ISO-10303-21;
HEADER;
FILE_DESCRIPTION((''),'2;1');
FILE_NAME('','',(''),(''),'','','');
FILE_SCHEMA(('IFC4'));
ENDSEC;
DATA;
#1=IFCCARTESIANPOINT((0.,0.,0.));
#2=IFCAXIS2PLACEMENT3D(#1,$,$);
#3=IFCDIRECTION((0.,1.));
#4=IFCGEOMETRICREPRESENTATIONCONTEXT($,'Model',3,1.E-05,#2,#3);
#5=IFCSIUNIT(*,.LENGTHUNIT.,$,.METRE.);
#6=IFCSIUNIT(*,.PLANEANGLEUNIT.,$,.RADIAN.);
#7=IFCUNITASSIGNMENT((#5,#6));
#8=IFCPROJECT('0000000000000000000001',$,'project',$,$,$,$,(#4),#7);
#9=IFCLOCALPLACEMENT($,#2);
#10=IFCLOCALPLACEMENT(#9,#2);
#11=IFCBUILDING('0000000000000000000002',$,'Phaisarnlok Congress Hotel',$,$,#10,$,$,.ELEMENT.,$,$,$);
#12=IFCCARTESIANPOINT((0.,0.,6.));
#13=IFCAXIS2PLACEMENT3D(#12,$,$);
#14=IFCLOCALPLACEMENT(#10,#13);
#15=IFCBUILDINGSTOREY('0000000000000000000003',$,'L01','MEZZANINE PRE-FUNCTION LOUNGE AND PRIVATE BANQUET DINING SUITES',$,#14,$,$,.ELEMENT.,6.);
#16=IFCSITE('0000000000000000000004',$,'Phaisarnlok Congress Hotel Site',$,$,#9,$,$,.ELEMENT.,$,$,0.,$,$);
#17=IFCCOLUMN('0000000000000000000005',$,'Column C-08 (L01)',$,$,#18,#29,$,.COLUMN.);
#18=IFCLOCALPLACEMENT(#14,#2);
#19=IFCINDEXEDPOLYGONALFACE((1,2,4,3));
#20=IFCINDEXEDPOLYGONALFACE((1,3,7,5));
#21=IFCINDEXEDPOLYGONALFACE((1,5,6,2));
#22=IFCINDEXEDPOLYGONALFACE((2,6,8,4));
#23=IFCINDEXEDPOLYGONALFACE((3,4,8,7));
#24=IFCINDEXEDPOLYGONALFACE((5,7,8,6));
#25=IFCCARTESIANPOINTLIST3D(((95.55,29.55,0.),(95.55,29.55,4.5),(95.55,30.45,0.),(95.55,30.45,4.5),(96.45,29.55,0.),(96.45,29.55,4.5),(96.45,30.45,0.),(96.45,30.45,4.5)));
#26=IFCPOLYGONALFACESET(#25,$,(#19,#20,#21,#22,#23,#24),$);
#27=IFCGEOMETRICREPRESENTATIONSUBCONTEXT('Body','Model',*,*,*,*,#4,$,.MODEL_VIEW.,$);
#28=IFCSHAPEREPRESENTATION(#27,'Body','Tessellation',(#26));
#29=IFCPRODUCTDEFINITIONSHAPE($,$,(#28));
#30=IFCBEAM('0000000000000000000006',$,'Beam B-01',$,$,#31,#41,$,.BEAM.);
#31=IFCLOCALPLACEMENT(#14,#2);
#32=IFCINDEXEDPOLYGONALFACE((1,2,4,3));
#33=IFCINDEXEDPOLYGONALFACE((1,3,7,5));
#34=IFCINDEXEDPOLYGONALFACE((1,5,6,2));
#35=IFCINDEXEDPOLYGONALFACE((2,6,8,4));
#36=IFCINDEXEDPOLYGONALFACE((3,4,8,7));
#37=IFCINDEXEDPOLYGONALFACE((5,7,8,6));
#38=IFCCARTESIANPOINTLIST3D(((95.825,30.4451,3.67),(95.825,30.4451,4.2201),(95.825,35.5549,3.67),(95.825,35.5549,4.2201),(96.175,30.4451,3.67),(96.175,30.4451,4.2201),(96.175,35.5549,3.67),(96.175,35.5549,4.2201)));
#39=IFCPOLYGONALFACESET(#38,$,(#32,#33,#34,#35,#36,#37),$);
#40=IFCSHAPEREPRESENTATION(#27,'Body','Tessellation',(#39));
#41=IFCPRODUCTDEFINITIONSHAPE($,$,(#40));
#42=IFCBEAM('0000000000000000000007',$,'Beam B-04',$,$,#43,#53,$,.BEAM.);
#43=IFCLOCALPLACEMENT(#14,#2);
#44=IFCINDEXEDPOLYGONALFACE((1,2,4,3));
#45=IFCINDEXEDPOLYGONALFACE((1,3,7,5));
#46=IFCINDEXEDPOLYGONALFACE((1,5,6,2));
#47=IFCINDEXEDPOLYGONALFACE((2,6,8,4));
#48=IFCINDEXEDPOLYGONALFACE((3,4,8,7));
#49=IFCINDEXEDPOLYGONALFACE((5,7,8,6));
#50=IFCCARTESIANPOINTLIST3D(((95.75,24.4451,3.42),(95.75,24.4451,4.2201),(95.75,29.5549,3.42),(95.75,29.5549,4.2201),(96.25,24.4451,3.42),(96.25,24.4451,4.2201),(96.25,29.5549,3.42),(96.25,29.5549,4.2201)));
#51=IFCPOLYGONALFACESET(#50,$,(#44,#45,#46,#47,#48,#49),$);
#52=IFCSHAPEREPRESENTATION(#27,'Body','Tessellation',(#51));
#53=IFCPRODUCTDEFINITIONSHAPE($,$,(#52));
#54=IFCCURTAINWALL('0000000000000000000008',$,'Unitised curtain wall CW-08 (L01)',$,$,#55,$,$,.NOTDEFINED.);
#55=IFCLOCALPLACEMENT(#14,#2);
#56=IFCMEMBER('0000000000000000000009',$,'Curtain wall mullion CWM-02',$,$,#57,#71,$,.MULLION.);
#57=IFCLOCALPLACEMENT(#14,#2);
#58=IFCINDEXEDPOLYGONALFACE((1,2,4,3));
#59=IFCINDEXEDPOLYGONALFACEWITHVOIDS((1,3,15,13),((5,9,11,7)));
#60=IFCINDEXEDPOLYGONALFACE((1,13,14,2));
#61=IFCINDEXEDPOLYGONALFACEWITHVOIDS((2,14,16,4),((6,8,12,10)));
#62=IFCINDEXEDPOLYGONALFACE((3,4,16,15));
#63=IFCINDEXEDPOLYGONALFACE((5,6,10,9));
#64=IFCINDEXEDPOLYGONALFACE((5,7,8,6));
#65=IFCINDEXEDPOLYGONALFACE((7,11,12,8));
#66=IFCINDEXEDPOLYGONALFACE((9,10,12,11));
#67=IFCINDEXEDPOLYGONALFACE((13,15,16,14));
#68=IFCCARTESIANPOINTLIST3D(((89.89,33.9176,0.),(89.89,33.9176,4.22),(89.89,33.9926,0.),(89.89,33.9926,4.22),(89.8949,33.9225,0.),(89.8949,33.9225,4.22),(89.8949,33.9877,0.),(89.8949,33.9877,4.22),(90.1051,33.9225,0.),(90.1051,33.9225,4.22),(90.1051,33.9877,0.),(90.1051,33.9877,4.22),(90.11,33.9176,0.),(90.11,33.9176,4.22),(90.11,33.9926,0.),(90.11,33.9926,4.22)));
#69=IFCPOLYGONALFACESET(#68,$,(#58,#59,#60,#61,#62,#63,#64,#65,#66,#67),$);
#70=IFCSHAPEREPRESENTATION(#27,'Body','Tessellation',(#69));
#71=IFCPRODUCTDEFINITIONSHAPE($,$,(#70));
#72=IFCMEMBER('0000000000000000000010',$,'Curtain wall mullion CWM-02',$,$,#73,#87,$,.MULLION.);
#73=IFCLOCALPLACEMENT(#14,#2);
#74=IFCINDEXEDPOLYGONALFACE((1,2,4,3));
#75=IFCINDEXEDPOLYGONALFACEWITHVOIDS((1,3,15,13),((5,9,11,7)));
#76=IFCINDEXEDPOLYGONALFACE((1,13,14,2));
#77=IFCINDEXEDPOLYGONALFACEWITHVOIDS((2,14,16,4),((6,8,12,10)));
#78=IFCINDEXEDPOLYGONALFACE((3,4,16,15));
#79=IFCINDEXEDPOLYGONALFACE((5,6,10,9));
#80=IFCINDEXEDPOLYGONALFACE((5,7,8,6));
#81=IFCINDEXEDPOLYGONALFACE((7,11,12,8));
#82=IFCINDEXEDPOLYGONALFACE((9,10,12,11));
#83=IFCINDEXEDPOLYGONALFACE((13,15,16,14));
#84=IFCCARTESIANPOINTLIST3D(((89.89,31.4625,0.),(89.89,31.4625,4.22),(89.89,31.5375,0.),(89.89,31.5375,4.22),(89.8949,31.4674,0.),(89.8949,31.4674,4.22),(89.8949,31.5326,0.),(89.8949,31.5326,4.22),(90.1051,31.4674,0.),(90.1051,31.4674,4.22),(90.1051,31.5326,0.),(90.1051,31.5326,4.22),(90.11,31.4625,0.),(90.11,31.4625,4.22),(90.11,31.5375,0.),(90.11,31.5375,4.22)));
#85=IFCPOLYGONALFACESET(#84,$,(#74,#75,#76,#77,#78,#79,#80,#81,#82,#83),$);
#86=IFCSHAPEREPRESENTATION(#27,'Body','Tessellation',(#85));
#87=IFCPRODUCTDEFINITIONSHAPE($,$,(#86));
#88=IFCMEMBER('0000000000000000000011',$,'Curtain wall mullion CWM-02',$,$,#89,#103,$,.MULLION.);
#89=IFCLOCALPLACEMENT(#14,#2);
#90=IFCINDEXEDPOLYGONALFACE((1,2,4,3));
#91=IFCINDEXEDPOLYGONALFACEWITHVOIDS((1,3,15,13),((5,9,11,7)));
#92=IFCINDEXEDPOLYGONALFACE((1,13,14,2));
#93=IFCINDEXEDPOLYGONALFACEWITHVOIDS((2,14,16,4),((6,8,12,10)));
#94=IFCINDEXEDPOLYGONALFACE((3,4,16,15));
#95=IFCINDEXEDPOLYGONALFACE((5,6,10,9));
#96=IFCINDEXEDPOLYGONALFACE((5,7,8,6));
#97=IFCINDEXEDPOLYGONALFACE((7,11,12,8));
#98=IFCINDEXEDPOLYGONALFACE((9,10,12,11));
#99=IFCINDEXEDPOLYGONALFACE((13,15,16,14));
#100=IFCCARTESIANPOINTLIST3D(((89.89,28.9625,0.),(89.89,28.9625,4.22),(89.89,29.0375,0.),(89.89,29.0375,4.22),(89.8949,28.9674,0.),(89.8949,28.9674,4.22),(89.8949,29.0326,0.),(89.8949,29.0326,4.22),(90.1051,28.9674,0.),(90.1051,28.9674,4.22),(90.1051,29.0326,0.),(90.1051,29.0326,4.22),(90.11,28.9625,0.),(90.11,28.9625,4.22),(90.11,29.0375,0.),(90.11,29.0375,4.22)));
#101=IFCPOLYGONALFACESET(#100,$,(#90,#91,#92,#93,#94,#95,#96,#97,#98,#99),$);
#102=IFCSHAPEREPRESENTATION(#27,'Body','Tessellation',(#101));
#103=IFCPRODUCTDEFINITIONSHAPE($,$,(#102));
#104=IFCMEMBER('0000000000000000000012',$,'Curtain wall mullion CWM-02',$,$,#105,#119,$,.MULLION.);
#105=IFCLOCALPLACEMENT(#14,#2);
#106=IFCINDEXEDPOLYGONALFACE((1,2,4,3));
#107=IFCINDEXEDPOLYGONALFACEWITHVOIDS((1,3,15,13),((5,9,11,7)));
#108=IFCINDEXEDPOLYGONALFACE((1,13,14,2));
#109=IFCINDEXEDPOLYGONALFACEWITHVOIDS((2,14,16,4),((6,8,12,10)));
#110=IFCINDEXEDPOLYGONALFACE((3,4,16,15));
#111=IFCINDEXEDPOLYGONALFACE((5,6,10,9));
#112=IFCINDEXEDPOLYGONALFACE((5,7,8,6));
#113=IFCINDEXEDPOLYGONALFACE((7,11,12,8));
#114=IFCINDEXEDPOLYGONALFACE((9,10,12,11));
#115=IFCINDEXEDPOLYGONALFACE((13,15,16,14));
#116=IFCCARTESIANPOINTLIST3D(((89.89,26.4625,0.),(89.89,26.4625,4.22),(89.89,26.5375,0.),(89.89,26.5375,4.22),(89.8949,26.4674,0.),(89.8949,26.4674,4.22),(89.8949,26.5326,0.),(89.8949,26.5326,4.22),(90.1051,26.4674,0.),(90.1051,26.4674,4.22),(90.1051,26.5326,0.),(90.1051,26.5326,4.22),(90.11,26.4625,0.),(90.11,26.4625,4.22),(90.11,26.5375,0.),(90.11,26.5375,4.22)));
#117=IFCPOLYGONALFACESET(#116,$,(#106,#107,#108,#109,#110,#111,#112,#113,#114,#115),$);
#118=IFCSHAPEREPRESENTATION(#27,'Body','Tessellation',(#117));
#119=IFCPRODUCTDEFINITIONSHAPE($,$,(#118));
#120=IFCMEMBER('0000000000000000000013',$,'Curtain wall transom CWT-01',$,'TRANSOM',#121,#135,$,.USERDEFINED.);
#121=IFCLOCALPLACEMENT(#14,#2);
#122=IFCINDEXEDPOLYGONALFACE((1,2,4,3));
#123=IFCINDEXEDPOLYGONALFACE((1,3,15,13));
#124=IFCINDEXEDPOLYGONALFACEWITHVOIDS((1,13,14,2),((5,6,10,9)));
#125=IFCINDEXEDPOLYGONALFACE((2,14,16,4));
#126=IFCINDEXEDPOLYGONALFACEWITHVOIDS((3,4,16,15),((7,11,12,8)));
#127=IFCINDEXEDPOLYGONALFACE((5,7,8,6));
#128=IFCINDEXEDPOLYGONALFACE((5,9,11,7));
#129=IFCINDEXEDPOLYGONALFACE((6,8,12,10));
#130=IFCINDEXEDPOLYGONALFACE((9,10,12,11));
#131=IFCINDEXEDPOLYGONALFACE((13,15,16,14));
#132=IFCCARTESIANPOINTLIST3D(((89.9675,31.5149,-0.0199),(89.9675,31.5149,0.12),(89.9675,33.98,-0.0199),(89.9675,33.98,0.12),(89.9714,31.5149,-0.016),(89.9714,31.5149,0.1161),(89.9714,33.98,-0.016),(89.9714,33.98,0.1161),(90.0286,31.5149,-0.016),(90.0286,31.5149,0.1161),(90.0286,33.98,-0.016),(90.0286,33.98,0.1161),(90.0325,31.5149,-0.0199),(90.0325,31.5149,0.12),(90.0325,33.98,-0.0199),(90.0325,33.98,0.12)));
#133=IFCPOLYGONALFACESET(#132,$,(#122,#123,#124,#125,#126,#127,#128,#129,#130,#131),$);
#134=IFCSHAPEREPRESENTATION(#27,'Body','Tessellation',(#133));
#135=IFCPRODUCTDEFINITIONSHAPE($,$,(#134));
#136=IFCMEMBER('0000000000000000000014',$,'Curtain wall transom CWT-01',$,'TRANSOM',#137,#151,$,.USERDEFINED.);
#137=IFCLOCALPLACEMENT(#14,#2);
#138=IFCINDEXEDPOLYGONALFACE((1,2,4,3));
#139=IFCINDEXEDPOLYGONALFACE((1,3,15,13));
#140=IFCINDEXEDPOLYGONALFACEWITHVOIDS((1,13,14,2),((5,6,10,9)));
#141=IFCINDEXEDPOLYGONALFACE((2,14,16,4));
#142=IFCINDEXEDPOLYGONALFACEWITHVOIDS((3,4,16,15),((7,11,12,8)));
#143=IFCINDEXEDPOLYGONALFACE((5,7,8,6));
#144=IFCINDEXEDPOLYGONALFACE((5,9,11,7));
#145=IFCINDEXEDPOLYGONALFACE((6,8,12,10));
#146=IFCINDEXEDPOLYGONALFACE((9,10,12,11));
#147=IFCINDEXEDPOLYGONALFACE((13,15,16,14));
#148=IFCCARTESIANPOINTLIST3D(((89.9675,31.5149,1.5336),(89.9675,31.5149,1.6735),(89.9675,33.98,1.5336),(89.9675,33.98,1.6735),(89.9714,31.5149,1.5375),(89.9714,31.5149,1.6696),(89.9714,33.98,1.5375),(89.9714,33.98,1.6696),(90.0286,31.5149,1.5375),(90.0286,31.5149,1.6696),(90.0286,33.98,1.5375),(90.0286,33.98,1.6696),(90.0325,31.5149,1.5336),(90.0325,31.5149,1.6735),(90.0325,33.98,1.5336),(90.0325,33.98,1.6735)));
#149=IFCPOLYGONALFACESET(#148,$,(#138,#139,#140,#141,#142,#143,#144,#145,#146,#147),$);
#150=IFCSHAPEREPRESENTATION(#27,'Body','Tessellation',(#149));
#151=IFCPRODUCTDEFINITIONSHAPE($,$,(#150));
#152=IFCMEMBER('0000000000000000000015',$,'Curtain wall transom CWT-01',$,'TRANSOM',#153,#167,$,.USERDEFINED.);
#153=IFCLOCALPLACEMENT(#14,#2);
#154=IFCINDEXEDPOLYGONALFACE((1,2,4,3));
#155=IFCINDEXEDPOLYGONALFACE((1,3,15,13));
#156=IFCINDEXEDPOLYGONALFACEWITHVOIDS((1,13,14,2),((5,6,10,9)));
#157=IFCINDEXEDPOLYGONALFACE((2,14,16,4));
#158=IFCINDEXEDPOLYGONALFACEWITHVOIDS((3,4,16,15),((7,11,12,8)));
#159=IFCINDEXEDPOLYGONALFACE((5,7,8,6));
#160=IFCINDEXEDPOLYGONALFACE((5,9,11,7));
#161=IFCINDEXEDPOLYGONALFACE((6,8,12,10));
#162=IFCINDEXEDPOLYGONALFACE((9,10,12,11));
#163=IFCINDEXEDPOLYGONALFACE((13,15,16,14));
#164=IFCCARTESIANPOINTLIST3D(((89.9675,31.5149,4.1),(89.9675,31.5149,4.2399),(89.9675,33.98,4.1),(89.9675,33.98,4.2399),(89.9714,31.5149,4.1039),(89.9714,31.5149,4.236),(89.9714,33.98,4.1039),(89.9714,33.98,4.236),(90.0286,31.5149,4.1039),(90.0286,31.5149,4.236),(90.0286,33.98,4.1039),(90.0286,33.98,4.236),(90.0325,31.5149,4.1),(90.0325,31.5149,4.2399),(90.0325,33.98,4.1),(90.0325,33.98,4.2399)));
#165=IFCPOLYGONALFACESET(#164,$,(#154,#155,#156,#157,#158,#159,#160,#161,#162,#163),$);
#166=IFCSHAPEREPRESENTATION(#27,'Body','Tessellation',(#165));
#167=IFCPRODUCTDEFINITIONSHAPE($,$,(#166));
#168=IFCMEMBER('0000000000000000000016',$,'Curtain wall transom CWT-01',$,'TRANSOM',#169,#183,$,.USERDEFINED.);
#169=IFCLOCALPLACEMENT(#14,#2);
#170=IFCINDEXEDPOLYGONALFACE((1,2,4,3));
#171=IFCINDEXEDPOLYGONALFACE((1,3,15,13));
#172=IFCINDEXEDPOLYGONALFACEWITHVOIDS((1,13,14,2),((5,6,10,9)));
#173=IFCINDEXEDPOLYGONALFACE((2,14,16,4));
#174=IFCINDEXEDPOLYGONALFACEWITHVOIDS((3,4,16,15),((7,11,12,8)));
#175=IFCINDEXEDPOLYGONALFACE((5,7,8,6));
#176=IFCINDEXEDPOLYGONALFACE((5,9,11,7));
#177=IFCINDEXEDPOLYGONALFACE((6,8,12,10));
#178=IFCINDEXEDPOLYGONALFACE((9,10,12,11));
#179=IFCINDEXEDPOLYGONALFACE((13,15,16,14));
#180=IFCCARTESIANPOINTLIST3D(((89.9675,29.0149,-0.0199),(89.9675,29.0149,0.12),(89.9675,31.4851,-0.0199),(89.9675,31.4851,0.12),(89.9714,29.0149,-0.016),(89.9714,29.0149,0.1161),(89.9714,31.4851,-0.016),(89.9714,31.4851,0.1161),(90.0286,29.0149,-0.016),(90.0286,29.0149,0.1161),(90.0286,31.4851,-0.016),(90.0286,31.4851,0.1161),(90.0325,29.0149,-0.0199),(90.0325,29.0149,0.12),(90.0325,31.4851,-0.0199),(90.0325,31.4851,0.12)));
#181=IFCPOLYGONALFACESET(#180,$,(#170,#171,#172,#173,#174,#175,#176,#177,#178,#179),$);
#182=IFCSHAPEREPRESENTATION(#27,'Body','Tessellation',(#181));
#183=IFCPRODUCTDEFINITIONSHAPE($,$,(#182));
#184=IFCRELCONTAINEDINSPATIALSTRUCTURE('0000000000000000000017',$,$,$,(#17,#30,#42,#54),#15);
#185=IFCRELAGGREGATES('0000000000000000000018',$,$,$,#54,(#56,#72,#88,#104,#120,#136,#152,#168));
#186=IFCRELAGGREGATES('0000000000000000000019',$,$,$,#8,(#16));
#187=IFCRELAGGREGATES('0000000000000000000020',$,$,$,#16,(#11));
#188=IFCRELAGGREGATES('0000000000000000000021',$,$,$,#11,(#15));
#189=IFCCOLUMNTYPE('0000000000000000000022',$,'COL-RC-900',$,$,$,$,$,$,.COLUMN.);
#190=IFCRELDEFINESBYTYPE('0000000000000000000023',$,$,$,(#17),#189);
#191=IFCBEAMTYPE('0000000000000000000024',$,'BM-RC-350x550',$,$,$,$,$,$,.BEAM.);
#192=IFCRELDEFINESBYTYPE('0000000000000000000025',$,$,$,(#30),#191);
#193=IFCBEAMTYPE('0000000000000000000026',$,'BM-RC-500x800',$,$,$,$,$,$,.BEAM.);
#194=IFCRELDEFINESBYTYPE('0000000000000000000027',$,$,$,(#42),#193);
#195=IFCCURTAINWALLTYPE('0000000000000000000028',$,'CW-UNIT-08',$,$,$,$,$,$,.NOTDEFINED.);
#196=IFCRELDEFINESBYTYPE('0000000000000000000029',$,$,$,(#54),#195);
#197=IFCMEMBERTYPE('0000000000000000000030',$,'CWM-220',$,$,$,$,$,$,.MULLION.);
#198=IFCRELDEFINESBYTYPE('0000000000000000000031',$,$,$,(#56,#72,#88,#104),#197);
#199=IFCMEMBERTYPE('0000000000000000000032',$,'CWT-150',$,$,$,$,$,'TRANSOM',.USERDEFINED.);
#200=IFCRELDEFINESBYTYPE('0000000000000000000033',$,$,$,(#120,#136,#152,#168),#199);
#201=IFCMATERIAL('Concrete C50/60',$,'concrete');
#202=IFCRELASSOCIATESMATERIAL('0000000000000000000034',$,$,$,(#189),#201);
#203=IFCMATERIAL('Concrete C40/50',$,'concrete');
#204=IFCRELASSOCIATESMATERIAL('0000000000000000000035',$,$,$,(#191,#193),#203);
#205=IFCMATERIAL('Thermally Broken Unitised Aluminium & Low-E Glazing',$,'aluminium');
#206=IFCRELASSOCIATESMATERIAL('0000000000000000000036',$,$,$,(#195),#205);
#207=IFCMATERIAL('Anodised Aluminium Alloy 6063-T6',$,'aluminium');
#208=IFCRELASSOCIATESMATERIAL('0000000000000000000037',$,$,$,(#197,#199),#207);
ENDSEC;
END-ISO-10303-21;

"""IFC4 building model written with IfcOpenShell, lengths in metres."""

from ifc_helpers import new_model, si_unit, direction, frame, origin, origin_2d, place, context, subcontext, project, spatial, rectangle, hollow_rectangle, extrude, material, material_profile, profile_set, type_object, element, aggregate, save


model = new_model("IFC4")

# Units and contexts
model_context = context("Model", 3, precision=1e-05, world=origin(), true_north=direction((0.0, 1.0)))
body_context = subcontext(model_context, "Body", "Model", "MODEL_VIEW")
ifc_project = project(units=[si_unit("LENGTHUNIT", "METRE"), si_unit("PLANEANGLEUNIT", "RADIAN")], contexts=[model_context])

# Site, building, storey
site_placement = place(None, origin())
site = spatial("IfcSite", under=ifc_project, at=site_placement, Name="Phaisarnlok Congress Hotel Site", CompositionType="ELEMENT", RefElevation=0.0)
building_placement = place(site_placement, origin())
building = spatial("IfcBuilding", under=site, at=building_placement, Name="Phaisarnlok Congress Hotel", CompositionType="ELEMENT")
storey_placement = place(building_placement, frame((0.0, 0.0, 6.0)))
storey = spatial("IfcBuildingStorey", under=building, at=storey_placement, Name="L01", Description="MEZZANINE PRE-FUNCTION LOUNGE AND PRIVATE BANQUET DINING SUITES", CompositionType="ELEMENT", Elevation=6.0)

# Column
ifc_material_1 = material(Name="Concrete C50/60", Category="concrete")
ifc_material_profile_1 = material_profile(ifc_material_1, rectangle(XDim=0.8999, YDim=0.8999, at=origin_2d()), Name="RC 900x900")
ifc_profile_set_1 = profile_set([ifc_material_profile_1], Name="Concrete C50/60")
column_type = type_object("IfcColumnType", Name="COL-RC-900", PredefinedType="COLUMN", material=ifc_profile_set_1)
column_placement = place(storey_placement, frame((96.0, 30.0, 0.0), z_axis=(0.0, 0.0, 1.0), x_axis=(1.0, 0.0, 0.0)))
element("IfcColumn", 1, at=column_placement, inside=storey, type_object=column_type, Name="Column C-08 (L01)", PredefinedType="COLUMN", context=body_context, shape_type="SweptSolid", body=[
    extrude(rectangle(XDim=0.8999, YDim=0.8999, at=origin_2d()), origin(), (0.0, 0.0, 1.0), 4.5),
])

# Beams
ifc_material_2 = material(Name="Concrete C40/50", Category="concrete")
ifc_material_profile_2 = material_profile(ifc_material_2, rectangle(XDim=0.3501, YDim=0.55, at=origin_2d()), Name="RC 350x550")
ifc_profile_set_2 = profile_set([ifc_material_profile_2], Name="Concrete C40/50")
beam_type_1 = type_object("IfcBeamType", Name="BM-RC-350x550", PredefinedType="BEAM", material=ifc_profile_set_2)
beam_1_placement = place(storey_placement, frame((96.0, 30.4451, 3.9451), z_axis=(0.0, 1.0, 0.0), x_axis=(-1.0, 0.0, 0.0)))
element("IfcBeam", 2, at=beam_1_placement, inside=storey, type_object=beam_type_1, Name="Beam B-01", PredefinedType="BEAM", context=body_context, shape_type="SweptSolid", body=[
    extrude(rectangle(XDim=0.3501, YDim=0.55, at=origin_2d()), origin(), (0.0, 0.0, 1.0), 5.1099),
])
ifc_material_profile_3 = material_profile(ifc_material_2, rectangle(XDim=0.5, YDim=0.8, at=origin_2d()), Name="RC 500x800")
ifc_profile_set_3 = profile_set([ifc_material_profile_3], Name="Concrete C40/50")
beam_type_2 = type_object("IfcBeamType", Name="BM-RC-500x800", PredefinedType="BEAM", material=ifc_profile_set_3)
beam_2_placement = place(storey_placement, frame((96.0, 24.4451, 3.8201), z_axis=(0.0, 1.0, 0.0), x_axis=(-1.0, 0.0, 0.0)))
element("IfcBeam", 3, at=beam_2_placement, inside=storey, type_object=beam_type_2, Name="Beam B-04", PredefinedType="BEAM", context=body_context, shape_type="SweptSolid", body=[
    extrude(rectangle(XDim=0.5, YDim=0.8, at=origin_2d()), origin(), (0.0, 0.0, 1.0), 5.1099),
])

# Curtain wall, members
ifc_material_3 = material(Name="Thermally Broken Unitised Aluminium & Low-E Glazing", Category="aluminium")
curtain_wall_type = type_object("IfcCurtainWallType", Name="CW-UNIT-08", PredefinedType="NOTDEFINED", material=ifc_material_3)
curtain_wall_placement = place(storey_placement, origin())
curtain_wall = element("IfcCurtainWall", 4, at=curtain_wall_placement, inside=storey, type_object=curtain_wall_type, Name="Unitised curtain wall CW-08 (L01)", PredefinedType="NOTDEFINED")
ifc_material_4 = material(Name="Anodised Aluminium Alloy 6063-T6", Category="aluminium")
ifc_material_profile_4 = material_profile(ifc_material_4, hollow_rectangle(XDim=0.075, YDim=0.22, WallThickness=0.0049, at=origin_2d()), Name="ALU-M 75x220x5")
ifc_profile_set_4 = profile_set([ifc_material_profile_4], Name="Anodised Aluminium Alloy 6063-T6")
member_type_1 = type_object("IfcMemberType", Name="CWM-220", PredefinedType="MULLION", material=ifc_profile_set_4)
member_1_placement = place(storey_placement, frame((90.0, 33.9551, 0.0), z_axis=(0.0, 0.0, 1.0), x_axis=(0.0, -1.0, 0.0)))
member_1 = element("IfcMember", 5, at=member_1_placement, type_object=member_type_1, Name="Curtain wall mullion CWM-02", PredefinedType="MULLION", context=body_context, shape_type="SweptSolid", body=[
    extrude(hollow_rectangle(XDim=0.075, YDim=0.22, WallThickness=0.0049, at=origin_2d()), origin(), (0.0, 0.0, 1.0), 4.22),
])
member_2_placement = place(storey_placement, frame((90.0, 31.5, 0.0), z_axis=(0.0, 0.0, 1.0), x_axis=(0.0, -1.0, 0.0)))
member_2 = element("IfcMember", 6, at=member_2_placement, type_object=member_type_1, Name="Curtain wall mullion CWM-02", PredefinedType="MULLION", context=body_context, shape_type="SweptSolid", body=[
    extrude(hollow_rectangle(XDim=0.075, YDim=0.22, WallThickness=0.0049, at=origin_2d()), origin(), (0.0, 0.0, 1.0), 4.22),
])
member_3_placement = place(storey_placement, frame((90.0, 29.0, 0.0), z_axis=(0.0, 0.0, 1.0), x_axis=(0.0, -1.0, 0.0)))
member_3 = element("IfcMember", 7, at=member_3_placement, type_object=member_type_1, Name="Curtain wall mullion CWM-02", PredefinedType="MULLION", context=body_context, shape_type="SweptSolid", body=[
    extrude(hollow_rectangle(XDim=0.075, YDim=0.22, WallThickness=0.0049, at=origin_2d()), origin(), (0.0, 0.0, 1.0), 4.22),
])
member_4_placement = place(storey_placement, frame((90.0, 26.5, 0.0), z_axis=(0.0, 0.0, 1.0), x_axis=(0.0, -1.0, 0.0)))
member_4 = element("IfcMember", 8, at=member_4_placement, type_object=member_type_1, Name="Curtain wall mullion CWM-02", PredefinedType="MULLION", context=body_context, shape_type="SweptSolid", body=[
    extrude(hollow_rectangle(XDim=0.075, YDim=0.22, WallThickness=0.0049, at=origin_2d()), origin(), (0.0, 0.0, 1.0), 4.22),
])
ifc_material_profile_5 = material_profile(ifc_material_4, hollow_rectangle(XDim=0.0649, YDim=0.1399, WallThickness=0.0039, at=origin_2d()), Name="ALU-T 65x140x4")
ifc_profile_set_5 = profile_set([ifc_material_profile_5], Name="Anodised Aluminium Alloy 6063-T6")
member_type_2 = type_object("IfcMemberType", Name="CWT-150", ElementType="TRANSOM", PredefinedType="USERDEFINED", material=ifc_profile_set_5)
member_5_placement = place(storey_placement, frame((90.0, 33.98, 0.05), z_axis=(0.0, -1.0, 0.0), x_axis=(1.0, 0.0, 0.0)))
member_5 = element("IfcMember", 9, at=member_5_placement, type_object=member_type_2, Name="Curtain wall transom CWT-01", ObjectType="TRANSOM", PredefinedType="USERDEFINED", context=body_context, shape_type="SweptSolid", body=[
    extrude(hollow_rectangle(XDim=0.0649, YDim=0.1399, WallThickness=0.0039, at=origin_2d()), origin(), (0.0, 0.0, 1.0), 2.4651),
])
member_6_placement = place(storey_placement, frame((90.0, 33.98, 1.6035), z_axis=(0.0, -1.0, 0.0), x_axis=(1.0, 0.0, 0.0)))
member_6 = element("IfcMember", 10, at=member_6_placement, type_object=member_type_2, Name="Curtain wall transom CWT-01", ObjectType="TRANSOM", PredefinedType="USERDEFINED", context=body_context, shape_type="SweptSolid", body=[
    extrude(hollow_rectangle(XDim=0.0649, YDim=0.1399, WallThickness=0.0039, at=origin_2d()), origin(), (0.0, 0.0, 1.0), 2.4651),
])
member_7_placement = place(storey_placement, frame((90.0, 33.98, 4.1699), z_axis=(0.0, -1.0, 0.0), x_axis=(1.0, 0.0, 0.0)))
member_7 = element("IfcMember", 11, at=member_7_placement, type_object=member_type_2, Name="Curtain wall transom CWT-01", ObjectType="TRANSOM", PredefinedType="USERDEFINED", context=body_context, shape_type="SweptSolid", body=[
    extrude(hollow_rectangle(XDim=0.0649, YDim=0.1399, WallThickness=0.0039, at=origin_2d()), origin(), (0.0, 0.0, 1.0), 2.4651),
])
member_8_placement = place(storey_placement, frame((90.0, 31.4851, 0.05), z_axis=(0.0, -1.0, 0.0), x_axis=(1.0, 0.0, 0.0)))
member_8 = element("IfcMember", 12, at=member_8_placement, type_object=member_type_2, Name="Curtain wall transom CWT-01", ObjectType="TRANSOM", PredefinedType="USERDEFINED", context=body_context, shape_type="SweptSolid", body=[
    extrude(hollow_rectangle(XDim=0.0649, YDim=0.1399, WallThickness=0.0039, at=origin_2d()), origin(), (0.0, 0.0, 1.0), 2.4702),
])
aggregate(curtain_wall, [member_1, member_2, member_3, member_4, member_5, member_6, member_7, member_8])

save(model, "model.ifc")
